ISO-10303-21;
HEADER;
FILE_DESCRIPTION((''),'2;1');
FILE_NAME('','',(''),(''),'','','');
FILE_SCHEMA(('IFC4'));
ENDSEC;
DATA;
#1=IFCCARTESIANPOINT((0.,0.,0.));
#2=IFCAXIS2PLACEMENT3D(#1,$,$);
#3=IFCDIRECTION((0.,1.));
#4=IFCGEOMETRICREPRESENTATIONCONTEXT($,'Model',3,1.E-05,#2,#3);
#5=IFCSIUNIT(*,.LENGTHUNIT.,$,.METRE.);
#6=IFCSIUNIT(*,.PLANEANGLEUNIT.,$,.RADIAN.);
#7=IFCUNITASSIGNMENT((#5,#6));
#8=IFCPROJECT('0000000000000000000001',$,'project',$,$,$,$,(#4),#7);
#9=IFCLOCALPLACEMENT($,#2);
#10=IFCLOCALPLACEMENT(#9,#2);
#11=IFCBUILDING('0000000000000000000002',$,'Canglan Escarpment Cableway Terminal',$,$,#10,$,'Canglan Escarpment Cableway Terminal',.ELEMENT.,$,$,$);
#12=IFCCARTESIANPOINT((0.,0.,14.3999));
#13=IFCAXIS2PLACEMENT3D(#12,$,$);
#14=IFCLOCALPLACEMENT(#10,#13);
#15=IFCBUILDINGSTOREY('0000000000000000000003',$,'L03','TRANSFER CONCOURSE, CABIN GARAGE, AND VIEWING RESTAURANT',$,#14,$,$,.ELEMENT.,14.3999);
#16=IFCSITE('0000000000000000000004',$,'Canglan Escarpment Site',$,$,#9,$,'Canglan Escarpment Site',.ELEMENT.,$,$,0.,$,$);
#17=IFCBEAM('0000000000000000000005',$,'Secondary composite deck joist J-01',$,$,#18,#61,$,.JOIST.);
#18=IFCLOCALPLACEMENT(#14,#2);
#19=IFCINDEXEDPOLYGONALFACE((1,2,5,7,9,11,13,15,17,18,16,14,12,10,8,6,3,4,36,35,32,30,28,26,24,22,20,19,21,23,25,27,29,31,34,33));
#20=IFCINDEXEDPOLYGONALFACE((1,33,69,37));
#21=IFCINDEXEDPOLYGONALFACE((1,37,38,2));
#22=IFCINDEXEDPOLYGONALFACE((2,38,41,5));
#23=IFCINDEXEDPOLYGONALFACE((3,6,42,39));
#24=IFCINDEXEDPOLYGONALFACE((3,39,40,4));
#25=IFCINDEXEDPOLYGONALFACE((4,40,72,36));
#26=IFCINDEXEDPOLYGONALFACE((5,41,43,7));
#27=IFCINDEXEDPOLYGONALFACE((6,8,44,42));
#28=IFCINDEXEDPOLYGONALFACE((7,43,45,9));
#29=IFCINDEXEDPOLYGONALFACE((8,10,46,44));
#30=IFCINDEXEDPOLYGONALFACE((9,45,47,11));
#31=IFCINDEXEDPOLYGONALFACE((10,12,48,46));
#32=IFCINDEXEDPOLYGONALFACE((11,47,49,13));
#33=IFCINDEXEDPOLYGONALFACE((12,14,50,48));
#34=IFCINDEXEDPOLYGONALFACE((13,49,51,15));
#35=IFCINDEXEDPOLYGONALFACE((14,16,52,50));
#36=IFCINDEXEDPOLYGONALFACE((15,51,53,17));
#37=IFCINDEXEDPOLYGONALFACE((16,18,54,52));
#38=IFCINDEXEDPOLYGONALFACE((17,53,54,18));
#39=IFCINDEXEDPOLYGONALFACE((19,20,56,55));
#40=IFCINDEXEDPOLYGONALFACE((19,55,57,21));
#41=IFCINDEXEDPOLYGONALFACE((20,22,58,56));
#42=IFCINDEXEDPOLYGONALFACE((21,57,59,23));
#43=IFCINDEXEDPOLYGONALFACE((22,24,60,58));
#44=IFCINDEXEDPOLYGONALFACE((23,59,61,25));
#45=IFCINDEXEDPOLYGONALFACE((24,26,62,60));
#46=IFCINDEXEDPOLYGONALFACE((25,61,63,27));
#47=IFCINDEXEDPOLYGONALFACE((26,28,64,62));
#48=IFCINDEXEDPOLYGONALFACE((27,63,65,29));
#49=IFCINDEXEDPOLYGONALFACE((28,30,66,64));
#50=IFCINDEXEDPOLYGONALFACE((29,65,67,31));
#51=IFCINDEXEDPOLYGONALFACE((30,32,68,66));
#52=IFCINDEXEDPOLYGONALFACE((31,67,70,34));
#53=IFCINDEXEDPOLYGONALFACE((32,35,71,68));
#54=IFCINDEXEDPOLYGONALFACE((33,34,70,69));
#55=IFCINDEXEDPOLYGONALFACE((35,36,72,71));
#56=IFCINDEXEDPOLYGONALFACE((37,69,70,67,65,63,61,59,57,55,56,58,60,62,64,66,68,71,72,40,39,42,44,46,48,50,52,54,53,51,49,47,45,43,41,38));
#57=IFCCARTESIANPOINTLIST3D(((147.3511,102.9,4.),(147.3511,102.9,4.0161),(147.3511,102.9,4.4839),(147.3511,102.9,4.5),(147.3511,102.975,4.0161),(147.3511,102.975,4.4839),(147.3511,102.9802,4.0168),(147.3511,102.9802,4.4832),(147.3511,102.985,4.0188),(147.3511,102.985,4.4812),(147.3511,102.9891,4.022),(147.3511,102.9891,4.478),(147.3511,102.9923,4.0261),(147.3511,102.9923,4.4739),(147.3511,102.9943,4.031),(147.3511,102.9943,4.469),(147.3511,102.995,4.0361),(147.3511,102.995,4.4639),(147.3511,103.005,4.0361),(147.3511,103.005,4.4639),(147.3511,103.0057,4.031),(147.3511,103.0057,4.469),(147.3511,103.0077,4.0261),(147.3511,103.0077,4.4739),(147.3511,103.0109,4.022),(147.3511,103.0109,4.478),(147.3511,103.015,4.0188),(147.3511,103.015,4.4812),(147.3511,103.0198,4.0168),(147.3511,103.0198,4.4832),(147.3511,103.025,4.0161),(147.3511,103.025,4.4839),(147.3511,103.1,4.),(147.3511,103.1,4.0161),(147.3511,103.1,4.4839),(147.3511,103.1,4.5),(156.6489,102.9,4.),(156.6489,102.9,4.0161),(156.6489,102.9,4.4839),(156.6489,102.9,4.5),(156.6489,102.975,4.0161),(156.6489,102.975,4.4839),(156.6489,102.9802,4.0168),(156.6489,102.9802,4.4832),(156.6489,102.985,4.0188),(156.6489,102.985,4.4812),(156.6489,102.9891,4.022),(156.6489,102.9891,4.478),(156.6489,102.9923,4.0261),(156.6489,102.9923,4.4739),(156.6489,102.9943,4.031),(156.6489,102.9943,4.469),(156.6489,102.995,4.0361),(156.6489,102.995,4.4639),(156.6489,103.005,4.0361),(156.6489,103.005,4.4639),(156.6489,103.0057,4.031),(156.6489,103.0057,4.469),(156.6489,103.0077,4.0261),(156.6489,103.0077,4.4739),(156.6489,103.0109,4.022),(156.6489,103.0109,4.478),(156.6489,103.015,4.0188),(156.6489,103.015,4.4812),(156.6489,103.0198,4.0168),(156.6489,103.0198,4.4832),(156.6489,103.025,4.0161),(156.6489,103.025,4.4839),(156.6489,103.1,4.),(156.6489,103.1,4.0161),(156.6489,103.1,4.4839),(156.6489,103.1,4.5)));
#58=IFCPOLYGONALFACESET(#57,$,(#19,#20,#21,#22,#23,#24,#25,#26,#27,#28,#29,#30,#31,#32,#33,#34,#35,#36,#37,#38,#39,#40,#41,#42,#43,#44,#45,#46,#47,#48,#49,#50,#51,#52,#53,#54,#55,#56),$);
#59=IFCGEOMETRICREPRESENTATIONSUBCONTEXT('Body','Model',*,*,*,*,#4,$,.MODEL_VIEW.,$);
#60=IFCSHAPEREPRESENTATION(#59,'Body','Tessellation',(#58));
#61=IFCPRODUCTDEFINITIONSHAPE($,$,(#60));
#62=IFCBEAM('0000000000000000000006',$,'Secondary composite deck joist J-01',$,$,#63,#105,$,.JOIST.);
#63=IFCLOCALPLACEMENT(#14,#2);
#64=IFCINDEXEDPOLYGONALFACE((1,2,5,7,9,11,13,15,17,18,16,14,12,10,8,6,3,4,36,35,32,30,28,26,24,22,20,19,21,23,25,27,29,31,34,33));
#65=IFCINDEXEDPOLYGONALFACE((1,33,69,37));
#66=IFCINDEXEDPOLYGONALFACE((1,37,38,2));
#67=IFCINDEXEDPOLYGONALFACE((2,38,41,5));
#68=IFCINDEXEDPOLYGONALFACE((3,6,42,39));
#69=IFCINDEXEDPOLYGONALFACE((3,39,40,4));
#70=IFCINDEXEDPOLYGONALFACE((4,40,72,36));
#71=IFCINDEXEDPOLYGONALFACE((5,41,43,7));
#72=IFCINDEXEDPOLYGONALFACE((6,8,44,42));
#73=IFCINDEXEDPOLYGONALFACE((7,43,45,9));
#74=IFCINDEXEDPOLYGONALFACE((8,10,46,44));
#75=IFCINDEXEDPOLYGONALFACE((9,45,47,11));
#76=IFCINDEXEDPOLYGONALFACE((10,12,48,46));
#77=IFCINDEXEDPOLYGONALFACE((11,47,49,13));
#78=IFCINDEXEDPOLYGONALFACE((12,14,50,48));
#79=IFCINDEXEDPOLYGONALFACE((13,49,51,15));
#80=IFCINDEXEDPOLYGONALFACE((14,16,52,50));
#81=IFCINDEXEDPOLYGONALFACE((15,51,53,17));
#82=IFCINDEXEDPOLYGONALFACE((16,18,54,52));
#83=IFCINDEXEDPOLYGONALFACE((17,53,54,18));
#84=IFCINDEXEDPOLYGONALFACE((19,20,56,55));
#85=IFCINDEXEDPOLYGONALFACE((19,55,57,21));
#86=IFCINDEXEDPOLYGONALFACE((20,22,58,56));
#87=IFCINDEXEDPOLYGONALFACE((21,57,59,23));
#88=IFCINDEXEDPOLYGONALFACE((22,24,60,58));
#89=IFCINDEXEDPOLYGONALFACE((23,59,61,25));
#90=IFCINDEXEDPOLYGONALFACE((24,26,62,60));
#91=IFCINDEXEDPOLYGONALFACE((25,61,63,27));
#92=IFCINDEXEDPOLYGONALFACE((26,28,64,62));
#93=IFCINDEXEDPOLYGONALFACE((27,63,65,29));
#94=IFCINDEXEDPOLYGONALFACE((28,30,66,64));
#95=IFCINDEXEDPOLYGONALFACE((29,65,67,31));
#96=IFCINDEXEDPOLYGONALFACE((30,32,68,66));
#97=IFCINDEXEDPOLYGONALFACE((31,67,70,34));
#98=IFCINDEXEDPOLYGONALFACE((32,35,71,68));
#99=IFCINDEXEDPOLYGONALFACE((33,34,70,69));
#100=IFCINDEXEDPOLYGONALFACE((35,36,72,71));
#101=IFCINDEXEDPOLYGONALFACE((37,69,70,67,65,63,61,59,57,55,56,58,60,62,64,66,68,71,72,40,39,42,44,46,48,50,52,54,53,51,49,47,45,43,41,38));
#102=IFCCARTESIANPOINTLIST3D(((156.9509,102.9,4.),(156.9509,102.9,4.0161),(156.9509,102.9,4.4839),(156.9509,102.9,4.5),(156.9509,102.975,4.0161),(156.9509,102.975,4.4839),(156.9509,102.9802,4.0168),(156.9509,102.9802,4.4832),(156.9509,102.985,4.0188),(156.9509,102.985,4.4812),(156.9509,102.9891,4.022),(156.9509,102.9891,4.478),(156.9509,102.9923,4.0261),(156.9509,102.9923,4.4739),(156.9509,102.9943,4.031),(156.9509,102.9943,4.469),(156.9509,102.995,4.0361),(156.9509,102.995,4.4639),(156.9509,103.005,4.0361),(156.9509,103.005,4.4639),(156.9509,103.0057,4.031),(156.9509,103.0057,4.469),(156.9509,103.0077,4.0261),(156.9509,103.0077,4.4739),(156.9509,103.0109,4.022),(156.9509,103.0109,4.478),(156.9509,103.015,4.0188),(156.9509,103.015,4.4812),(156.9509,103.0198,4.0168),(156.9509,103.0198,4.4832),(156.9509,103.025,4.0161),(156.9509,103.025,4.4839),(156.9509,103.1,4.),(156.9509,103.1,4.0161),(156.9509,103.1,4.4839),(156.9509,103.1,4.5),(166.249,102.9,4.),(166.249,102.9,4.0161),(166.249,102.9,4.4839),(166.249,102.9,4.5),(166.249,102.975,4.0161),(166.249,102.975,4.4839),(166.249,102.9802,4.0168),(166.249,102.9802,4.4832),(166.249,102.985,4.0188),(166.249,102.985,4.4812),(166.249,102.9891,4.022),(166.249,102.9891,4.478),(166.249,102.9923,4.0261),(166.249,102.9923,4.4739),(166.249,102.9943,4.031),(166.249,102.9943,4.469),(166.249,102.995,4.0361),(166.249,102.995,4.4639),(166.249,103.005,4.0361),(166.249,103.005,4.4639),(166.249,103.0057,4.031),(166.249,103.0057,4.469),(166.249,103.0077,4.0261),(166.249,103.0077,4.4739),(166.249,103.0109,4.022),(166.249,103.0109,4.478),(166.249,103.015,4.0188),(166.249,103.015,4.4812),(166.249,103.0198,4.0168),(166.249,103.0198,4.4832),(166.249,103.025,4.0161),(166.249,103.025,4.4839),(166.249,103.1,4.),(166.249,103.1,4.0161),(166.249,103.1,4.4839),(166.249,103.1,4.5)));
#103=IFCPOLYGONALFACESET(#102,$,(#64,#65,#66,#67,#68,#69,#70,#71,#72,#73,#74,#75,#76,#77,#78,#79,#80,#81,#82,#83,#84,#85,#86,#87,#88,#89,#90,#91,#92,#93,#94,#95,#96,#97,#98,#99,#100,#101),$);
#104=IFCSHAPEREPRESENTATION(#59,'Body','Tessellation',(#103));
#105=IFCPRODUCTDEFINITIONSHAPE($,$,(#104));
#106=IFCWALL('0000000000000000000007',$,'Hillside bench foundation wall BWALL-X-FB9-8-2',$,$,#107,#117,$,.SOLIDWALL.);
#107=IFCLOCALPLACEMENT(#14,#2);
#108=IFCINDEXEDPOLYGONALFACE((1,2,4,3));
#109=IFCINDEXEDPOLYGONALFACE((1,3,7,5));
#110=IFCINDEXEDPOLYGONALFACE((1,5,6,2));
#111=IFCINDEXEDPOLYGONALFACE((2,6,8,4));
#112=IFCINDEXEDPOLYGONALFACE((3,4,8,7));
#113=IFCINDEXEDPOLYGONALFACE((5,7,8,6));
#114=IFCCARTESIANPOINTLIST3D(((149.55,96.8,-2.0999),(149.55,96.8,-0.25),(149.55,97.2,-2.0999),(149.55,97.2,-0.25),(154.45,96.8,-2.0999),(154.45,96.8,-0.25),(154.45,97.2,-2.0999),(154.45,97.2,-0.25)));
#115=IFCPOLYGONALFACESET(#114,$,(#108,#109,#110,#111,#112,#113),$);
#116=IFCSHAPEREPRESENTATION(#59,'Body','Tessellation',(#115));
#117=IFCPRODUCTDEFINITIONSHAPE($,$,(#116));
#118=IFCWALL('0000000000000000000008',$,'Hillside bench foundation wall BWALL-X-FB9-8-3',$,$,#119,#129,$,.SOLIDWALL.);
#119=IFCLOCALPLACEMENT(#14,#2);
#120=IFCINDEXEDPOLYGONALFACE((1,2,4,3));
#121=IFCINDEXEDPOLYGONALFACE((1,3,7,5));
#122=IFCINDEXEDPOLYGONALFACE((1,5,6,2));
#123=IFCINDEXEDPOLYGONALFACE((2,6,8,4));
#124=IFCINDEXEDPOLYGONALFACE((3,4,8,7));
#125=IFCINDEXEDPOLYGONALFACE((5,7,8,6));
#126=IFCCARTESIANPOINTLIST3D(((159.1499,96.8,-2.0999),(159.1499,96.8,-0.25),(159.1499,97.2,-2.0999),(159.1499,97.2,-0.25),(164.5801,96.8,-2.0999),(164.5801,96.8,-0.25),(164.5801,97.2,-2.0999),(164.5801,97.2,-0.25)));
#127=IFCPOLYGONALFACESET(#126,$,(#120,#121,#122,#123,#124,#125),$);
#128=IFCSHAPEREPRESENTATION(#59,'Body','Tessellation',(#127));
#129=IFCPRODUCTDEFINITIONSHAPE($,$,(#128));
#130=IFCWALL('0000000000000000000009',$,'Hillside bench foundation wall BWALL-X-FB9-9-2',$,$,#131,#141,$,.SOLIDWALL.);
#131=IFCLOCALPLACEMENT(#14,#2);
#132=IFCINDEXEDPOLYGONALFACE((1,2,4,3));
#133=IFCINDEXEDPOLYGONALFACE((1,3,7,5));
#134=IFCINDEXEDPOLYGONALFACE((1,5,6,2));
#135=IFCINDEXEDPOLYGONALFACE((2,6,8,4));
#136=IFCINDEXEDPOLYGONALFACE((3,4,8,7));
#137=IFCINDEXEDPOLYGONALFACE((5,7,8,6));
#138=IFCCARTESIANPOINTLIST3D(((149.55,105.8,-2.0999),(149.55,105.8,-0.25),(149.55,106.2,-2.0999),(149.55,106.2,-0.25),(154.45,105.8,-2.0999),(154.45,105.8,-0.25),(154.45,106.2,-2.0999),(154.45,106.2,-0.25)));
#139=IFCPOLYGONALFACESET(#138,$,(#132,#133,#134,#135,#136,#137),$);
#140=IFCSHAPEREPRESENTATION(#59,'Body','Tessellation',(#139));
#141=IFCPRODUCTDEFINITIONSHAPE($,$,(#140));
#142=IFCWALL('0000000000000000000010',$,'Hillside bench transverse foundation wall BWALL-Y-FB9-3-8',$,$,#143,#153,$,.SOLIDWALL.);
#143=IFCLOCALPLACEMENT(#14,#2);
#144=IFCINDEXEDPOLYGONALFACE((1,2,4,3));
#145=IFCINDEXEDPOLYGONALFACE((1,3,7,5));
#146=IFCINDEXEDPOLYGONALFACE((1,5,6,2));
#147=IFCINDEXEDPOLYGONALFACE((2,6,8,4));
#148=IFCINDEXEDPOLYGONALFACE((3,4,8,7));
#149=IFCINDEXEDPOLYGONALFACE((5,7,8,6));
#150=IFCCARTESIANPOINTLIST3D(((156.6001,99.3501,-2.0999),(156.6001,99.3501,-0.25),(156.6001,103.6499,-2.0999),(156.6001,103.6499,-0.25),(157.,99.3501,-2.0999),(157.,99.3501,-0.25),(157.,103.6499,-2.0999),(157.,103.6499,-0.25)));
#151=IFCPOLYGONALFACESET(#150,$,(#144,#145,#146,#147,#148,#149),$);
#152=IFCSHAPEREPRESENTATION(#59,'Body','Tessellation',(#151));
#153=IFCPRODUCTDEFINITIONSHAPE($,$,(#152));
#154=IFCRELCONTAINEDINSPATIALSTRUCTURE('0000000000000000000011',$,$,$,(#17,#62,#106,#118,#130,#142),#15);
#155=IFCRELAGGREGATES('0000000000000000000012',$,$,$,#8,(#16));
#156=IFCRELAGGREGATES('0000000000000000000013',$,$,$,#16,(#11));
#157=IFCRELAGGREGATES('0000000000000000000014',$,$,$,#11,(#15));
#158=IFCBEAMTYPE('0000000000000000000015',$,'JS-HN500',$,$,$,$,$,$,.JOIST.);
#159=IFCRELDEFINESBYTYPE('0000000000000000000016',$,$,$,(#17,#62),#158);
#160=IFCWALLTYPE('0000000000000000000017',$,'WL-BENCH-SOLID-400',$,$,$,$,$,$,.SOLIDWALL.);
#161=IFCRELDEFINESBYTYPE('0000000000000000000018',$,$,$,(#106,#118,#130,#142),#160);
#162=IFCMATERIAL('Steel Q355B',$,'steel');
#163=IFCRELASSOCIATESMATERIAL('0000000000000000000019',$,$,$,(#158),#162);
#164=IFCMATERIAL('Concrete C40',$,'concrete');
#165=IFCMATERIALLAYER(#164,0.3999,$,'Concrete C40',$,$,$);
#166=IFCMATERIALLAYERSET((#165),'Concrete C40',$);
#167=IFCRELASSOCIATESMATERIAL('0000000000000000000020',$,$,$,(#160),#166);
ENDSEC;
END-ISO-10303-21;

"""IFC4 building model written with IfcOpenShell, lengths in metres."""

from ifc_helpers import new_model, si_unit, direction, frame, frame_2d, origin, origin_2d, place, context, subcontext, project, spatial, rectangle, i_section, extrude, material, layer, layer_set, material_profile, profile_set, type_object, element, save


model = new_model("IFC4")

# Units and contexts
model_context = context("Model", 3, precision=1e-05, world=origin(), true_north=direction((0.0, 1.0)))
body_context = subcontext(model_context, "Body", "Model", "MODEL_VIEW")
ifc_project = project(units=[si_unit("LENGTHUNIT", "METRE"), si_unit("PLANEANGLEUNIT", "RADIAN")], contexts=[model_context])

# Site, building, storey
site_placement = place(None, origin())
site = spatial("IfcSite", under=ifc_project, at=site_placement, Name="Canglan Escarpment Site", LongName="Canglan Escarpment Site", CompositionType="ELEMENT", RefElevation=0.0)
building_placement = place(site_placement, origin())
building = spatial("IfcBuilding", under=site, at=building_placement, Name="Canglan Escarpment Cableway Terminal", LongName="Canglan Escarpment Cableway Terminal", CompositionType="ELEMENT")
storey_placement = place(building_placement, frame((0.0, 0.0, 14.3999)))
storey = spatial("IfcBuildingStorey", under=building, at=storey_placement, Name="L03", Description="TRANSFER CONCOURSE, CABIN GARAGE, AND VIEWING RESTAURANT", CompositionType="ELEMENT", Elevation=14.3999)

# Shared definitions
ifc_material_1 = material(Name="Concrete C40", Category="concrete")

# Beams
ifc_material_2 = material(Name="Steel Q355B", Category="steel")
ifc_material_profile_1 = material_profile(ifc_material_2, i_section(OverallWidth=0.2, OverallDepth=0.5, WebThickness=0.01, FlangeThickness=0.0161, FilletRadius=0.02, at=origin_2d()), Name="HN 500x200x10x16")
ifc_profile_set_1 = profile_set([ifc_material_profile_1], Name="Steel Q355B")
beam_type_1 = type_object("IfcBeamType", Name="JS-HN500", PredefinedType="JOIST", material=ifc_profile_set_1)
for number, where, z_axis, x_axis, name in (
    (1, (147.3511, 103.0, 4.25), (1.0, 0.0, 0.0), (0.0, 1.0, 0.0), "Secondary composite deck joist J-01"),
):
    element("IfcBeam", number, at=place(storey_placement, frame(where, z_axis=z_axis, x_axis=x_axis)), inside=storey, type_object=beam_type_1, Name=name, PredefinedType="JOIST", context=body_context, shape_type="SweptSolid", body=[
        extrude(i_section(OverallWidth=0.2, OverallDepth=0.5, WebThickness=0.01, FlangeThickness=0.0161, FilletRadius=0.02, at=origin_2d()), origin(), (0.0, 0.0, 1.0), 9.2979),
    ])
beam_1_placement = place(storey_placement, frame((156.9509, 103.0, 4.25), z_axis=(1.0, 0.0, 0.0), x_axis=(0.0, 1.0, 0.0)))
element("IfcBeam", 2, at=beam_1_placement, inside=storey, type_object=beam_type_1, Name="Secondary composite deck joist J-01", PredefinedType="JOIST", context=body_context, shape_type="SweptSolid", body=[
    extrude(i_section(OverallWidth=0.2, OverallDepth=0.5, WebThickness=0.01, FlangeThickness=0.0161, FilletRadius=0.02, at=origin_2d()), origin(), (0.0, 0.0, 1.0), 9.2981),
])

# Walls
ifc_layer = layer(ifc_material_1, 0.3999, Name="Concrete C40")
ifc_layer_set = layer_set([ifc_layer], Name="Concrete C40")
wall_type = type_object("IfcWallType", Name="WL-BENCH-SOLID-400", PredefinedType="SOLIDWALL", material=ifc_layer_set)
wall_1_placement = place(storey_placement, frame((149.55, 97.0, -2.0999), z_axis=(0.0, 0.0, 1.0), x_axis=(1.0, 0.0, 0.0)))
element("IfcWall", 3, at=wall_1_placement, inside=storey, type_object=wall_type, Name="Hillside bench foundation wall BWALL-X-FB9-8-2", PredefinedType="SOLIDWALL", context=body_context, shape_type="SweptSolid", body=[
    extrude(rectangle(XDim=4.8999, YDim=0.3999, at=frame_2d((2.45, 0.0))), origin(), (0.0, 0.0, 1.0), 1.8499),
])
wall_2_placement = place(storey_placement, frame((159.1499, 97.0, -2.0999), z_axis=(0.0, 0.0, 1.0), x_axis=(1.0, 0.0, 0.0)))
element("IfcWall", 4, at=wall_2_placement, inside=storey, type_object=wall_type, Name="Hillside bench foundation wall BWALL-X-FB9-8-3", PredefinedType="SOLIDWALL", context=body_context, shape_type="SweptSolid", body=[
    extrude(rectangle(XDim=5.4302, YDim=0.3999, at=frame_2d((2.7151, 0.0))), origin(), (0.0, 0.0, 1.0), 1.8499),
])
wall_3_placement = place(storey_placement, frame((149.55, 106.0, -2.0999), z_axis=(0.0, 0.0, 1.0), x_axis=(1.0, 0.0, 0.0)))
element("IfcWall", 5, at=wall_3_placement, inside=storey, type_object=wall_type, Name="Hillside bench foundation wall BWALL-X-FB9-9-2", PredefinedType="SOLIDWALL", context=body_context, shape_type="SweptSolid", body=[
    extrude(rectangle(XDim=4.8999, YDim=0.3999, at=frame_2d((2.45, 0.0))), origin(), (0.0, 0.0, 1.0), 1.8499),
])
wall_4_placement = place(storey_placement, frame((156.8, 99.3501, -2.0999), z_axis=(0.0, 0.0, 1.0), x_axis=(0.0, 1.0, 0.0)))
element("IfcWall", 6, at=wall_4_placement, inside=storey, type_object=wall_type, Name="Hillside bench transverse foundation wall BWALL-Y-FB9-3-8", PredefinedType="SOLIDWALL", context=body_context, shape_type="SweptSolid", body=[
    extrude(rectangle(XDim=4.2998, YDim=0.3999, at=frame_2d((2.1499, 0.0))), origin(), (0.0, 0.0, 1.0), 1.8499),
])

save(model, "model.ifc")
